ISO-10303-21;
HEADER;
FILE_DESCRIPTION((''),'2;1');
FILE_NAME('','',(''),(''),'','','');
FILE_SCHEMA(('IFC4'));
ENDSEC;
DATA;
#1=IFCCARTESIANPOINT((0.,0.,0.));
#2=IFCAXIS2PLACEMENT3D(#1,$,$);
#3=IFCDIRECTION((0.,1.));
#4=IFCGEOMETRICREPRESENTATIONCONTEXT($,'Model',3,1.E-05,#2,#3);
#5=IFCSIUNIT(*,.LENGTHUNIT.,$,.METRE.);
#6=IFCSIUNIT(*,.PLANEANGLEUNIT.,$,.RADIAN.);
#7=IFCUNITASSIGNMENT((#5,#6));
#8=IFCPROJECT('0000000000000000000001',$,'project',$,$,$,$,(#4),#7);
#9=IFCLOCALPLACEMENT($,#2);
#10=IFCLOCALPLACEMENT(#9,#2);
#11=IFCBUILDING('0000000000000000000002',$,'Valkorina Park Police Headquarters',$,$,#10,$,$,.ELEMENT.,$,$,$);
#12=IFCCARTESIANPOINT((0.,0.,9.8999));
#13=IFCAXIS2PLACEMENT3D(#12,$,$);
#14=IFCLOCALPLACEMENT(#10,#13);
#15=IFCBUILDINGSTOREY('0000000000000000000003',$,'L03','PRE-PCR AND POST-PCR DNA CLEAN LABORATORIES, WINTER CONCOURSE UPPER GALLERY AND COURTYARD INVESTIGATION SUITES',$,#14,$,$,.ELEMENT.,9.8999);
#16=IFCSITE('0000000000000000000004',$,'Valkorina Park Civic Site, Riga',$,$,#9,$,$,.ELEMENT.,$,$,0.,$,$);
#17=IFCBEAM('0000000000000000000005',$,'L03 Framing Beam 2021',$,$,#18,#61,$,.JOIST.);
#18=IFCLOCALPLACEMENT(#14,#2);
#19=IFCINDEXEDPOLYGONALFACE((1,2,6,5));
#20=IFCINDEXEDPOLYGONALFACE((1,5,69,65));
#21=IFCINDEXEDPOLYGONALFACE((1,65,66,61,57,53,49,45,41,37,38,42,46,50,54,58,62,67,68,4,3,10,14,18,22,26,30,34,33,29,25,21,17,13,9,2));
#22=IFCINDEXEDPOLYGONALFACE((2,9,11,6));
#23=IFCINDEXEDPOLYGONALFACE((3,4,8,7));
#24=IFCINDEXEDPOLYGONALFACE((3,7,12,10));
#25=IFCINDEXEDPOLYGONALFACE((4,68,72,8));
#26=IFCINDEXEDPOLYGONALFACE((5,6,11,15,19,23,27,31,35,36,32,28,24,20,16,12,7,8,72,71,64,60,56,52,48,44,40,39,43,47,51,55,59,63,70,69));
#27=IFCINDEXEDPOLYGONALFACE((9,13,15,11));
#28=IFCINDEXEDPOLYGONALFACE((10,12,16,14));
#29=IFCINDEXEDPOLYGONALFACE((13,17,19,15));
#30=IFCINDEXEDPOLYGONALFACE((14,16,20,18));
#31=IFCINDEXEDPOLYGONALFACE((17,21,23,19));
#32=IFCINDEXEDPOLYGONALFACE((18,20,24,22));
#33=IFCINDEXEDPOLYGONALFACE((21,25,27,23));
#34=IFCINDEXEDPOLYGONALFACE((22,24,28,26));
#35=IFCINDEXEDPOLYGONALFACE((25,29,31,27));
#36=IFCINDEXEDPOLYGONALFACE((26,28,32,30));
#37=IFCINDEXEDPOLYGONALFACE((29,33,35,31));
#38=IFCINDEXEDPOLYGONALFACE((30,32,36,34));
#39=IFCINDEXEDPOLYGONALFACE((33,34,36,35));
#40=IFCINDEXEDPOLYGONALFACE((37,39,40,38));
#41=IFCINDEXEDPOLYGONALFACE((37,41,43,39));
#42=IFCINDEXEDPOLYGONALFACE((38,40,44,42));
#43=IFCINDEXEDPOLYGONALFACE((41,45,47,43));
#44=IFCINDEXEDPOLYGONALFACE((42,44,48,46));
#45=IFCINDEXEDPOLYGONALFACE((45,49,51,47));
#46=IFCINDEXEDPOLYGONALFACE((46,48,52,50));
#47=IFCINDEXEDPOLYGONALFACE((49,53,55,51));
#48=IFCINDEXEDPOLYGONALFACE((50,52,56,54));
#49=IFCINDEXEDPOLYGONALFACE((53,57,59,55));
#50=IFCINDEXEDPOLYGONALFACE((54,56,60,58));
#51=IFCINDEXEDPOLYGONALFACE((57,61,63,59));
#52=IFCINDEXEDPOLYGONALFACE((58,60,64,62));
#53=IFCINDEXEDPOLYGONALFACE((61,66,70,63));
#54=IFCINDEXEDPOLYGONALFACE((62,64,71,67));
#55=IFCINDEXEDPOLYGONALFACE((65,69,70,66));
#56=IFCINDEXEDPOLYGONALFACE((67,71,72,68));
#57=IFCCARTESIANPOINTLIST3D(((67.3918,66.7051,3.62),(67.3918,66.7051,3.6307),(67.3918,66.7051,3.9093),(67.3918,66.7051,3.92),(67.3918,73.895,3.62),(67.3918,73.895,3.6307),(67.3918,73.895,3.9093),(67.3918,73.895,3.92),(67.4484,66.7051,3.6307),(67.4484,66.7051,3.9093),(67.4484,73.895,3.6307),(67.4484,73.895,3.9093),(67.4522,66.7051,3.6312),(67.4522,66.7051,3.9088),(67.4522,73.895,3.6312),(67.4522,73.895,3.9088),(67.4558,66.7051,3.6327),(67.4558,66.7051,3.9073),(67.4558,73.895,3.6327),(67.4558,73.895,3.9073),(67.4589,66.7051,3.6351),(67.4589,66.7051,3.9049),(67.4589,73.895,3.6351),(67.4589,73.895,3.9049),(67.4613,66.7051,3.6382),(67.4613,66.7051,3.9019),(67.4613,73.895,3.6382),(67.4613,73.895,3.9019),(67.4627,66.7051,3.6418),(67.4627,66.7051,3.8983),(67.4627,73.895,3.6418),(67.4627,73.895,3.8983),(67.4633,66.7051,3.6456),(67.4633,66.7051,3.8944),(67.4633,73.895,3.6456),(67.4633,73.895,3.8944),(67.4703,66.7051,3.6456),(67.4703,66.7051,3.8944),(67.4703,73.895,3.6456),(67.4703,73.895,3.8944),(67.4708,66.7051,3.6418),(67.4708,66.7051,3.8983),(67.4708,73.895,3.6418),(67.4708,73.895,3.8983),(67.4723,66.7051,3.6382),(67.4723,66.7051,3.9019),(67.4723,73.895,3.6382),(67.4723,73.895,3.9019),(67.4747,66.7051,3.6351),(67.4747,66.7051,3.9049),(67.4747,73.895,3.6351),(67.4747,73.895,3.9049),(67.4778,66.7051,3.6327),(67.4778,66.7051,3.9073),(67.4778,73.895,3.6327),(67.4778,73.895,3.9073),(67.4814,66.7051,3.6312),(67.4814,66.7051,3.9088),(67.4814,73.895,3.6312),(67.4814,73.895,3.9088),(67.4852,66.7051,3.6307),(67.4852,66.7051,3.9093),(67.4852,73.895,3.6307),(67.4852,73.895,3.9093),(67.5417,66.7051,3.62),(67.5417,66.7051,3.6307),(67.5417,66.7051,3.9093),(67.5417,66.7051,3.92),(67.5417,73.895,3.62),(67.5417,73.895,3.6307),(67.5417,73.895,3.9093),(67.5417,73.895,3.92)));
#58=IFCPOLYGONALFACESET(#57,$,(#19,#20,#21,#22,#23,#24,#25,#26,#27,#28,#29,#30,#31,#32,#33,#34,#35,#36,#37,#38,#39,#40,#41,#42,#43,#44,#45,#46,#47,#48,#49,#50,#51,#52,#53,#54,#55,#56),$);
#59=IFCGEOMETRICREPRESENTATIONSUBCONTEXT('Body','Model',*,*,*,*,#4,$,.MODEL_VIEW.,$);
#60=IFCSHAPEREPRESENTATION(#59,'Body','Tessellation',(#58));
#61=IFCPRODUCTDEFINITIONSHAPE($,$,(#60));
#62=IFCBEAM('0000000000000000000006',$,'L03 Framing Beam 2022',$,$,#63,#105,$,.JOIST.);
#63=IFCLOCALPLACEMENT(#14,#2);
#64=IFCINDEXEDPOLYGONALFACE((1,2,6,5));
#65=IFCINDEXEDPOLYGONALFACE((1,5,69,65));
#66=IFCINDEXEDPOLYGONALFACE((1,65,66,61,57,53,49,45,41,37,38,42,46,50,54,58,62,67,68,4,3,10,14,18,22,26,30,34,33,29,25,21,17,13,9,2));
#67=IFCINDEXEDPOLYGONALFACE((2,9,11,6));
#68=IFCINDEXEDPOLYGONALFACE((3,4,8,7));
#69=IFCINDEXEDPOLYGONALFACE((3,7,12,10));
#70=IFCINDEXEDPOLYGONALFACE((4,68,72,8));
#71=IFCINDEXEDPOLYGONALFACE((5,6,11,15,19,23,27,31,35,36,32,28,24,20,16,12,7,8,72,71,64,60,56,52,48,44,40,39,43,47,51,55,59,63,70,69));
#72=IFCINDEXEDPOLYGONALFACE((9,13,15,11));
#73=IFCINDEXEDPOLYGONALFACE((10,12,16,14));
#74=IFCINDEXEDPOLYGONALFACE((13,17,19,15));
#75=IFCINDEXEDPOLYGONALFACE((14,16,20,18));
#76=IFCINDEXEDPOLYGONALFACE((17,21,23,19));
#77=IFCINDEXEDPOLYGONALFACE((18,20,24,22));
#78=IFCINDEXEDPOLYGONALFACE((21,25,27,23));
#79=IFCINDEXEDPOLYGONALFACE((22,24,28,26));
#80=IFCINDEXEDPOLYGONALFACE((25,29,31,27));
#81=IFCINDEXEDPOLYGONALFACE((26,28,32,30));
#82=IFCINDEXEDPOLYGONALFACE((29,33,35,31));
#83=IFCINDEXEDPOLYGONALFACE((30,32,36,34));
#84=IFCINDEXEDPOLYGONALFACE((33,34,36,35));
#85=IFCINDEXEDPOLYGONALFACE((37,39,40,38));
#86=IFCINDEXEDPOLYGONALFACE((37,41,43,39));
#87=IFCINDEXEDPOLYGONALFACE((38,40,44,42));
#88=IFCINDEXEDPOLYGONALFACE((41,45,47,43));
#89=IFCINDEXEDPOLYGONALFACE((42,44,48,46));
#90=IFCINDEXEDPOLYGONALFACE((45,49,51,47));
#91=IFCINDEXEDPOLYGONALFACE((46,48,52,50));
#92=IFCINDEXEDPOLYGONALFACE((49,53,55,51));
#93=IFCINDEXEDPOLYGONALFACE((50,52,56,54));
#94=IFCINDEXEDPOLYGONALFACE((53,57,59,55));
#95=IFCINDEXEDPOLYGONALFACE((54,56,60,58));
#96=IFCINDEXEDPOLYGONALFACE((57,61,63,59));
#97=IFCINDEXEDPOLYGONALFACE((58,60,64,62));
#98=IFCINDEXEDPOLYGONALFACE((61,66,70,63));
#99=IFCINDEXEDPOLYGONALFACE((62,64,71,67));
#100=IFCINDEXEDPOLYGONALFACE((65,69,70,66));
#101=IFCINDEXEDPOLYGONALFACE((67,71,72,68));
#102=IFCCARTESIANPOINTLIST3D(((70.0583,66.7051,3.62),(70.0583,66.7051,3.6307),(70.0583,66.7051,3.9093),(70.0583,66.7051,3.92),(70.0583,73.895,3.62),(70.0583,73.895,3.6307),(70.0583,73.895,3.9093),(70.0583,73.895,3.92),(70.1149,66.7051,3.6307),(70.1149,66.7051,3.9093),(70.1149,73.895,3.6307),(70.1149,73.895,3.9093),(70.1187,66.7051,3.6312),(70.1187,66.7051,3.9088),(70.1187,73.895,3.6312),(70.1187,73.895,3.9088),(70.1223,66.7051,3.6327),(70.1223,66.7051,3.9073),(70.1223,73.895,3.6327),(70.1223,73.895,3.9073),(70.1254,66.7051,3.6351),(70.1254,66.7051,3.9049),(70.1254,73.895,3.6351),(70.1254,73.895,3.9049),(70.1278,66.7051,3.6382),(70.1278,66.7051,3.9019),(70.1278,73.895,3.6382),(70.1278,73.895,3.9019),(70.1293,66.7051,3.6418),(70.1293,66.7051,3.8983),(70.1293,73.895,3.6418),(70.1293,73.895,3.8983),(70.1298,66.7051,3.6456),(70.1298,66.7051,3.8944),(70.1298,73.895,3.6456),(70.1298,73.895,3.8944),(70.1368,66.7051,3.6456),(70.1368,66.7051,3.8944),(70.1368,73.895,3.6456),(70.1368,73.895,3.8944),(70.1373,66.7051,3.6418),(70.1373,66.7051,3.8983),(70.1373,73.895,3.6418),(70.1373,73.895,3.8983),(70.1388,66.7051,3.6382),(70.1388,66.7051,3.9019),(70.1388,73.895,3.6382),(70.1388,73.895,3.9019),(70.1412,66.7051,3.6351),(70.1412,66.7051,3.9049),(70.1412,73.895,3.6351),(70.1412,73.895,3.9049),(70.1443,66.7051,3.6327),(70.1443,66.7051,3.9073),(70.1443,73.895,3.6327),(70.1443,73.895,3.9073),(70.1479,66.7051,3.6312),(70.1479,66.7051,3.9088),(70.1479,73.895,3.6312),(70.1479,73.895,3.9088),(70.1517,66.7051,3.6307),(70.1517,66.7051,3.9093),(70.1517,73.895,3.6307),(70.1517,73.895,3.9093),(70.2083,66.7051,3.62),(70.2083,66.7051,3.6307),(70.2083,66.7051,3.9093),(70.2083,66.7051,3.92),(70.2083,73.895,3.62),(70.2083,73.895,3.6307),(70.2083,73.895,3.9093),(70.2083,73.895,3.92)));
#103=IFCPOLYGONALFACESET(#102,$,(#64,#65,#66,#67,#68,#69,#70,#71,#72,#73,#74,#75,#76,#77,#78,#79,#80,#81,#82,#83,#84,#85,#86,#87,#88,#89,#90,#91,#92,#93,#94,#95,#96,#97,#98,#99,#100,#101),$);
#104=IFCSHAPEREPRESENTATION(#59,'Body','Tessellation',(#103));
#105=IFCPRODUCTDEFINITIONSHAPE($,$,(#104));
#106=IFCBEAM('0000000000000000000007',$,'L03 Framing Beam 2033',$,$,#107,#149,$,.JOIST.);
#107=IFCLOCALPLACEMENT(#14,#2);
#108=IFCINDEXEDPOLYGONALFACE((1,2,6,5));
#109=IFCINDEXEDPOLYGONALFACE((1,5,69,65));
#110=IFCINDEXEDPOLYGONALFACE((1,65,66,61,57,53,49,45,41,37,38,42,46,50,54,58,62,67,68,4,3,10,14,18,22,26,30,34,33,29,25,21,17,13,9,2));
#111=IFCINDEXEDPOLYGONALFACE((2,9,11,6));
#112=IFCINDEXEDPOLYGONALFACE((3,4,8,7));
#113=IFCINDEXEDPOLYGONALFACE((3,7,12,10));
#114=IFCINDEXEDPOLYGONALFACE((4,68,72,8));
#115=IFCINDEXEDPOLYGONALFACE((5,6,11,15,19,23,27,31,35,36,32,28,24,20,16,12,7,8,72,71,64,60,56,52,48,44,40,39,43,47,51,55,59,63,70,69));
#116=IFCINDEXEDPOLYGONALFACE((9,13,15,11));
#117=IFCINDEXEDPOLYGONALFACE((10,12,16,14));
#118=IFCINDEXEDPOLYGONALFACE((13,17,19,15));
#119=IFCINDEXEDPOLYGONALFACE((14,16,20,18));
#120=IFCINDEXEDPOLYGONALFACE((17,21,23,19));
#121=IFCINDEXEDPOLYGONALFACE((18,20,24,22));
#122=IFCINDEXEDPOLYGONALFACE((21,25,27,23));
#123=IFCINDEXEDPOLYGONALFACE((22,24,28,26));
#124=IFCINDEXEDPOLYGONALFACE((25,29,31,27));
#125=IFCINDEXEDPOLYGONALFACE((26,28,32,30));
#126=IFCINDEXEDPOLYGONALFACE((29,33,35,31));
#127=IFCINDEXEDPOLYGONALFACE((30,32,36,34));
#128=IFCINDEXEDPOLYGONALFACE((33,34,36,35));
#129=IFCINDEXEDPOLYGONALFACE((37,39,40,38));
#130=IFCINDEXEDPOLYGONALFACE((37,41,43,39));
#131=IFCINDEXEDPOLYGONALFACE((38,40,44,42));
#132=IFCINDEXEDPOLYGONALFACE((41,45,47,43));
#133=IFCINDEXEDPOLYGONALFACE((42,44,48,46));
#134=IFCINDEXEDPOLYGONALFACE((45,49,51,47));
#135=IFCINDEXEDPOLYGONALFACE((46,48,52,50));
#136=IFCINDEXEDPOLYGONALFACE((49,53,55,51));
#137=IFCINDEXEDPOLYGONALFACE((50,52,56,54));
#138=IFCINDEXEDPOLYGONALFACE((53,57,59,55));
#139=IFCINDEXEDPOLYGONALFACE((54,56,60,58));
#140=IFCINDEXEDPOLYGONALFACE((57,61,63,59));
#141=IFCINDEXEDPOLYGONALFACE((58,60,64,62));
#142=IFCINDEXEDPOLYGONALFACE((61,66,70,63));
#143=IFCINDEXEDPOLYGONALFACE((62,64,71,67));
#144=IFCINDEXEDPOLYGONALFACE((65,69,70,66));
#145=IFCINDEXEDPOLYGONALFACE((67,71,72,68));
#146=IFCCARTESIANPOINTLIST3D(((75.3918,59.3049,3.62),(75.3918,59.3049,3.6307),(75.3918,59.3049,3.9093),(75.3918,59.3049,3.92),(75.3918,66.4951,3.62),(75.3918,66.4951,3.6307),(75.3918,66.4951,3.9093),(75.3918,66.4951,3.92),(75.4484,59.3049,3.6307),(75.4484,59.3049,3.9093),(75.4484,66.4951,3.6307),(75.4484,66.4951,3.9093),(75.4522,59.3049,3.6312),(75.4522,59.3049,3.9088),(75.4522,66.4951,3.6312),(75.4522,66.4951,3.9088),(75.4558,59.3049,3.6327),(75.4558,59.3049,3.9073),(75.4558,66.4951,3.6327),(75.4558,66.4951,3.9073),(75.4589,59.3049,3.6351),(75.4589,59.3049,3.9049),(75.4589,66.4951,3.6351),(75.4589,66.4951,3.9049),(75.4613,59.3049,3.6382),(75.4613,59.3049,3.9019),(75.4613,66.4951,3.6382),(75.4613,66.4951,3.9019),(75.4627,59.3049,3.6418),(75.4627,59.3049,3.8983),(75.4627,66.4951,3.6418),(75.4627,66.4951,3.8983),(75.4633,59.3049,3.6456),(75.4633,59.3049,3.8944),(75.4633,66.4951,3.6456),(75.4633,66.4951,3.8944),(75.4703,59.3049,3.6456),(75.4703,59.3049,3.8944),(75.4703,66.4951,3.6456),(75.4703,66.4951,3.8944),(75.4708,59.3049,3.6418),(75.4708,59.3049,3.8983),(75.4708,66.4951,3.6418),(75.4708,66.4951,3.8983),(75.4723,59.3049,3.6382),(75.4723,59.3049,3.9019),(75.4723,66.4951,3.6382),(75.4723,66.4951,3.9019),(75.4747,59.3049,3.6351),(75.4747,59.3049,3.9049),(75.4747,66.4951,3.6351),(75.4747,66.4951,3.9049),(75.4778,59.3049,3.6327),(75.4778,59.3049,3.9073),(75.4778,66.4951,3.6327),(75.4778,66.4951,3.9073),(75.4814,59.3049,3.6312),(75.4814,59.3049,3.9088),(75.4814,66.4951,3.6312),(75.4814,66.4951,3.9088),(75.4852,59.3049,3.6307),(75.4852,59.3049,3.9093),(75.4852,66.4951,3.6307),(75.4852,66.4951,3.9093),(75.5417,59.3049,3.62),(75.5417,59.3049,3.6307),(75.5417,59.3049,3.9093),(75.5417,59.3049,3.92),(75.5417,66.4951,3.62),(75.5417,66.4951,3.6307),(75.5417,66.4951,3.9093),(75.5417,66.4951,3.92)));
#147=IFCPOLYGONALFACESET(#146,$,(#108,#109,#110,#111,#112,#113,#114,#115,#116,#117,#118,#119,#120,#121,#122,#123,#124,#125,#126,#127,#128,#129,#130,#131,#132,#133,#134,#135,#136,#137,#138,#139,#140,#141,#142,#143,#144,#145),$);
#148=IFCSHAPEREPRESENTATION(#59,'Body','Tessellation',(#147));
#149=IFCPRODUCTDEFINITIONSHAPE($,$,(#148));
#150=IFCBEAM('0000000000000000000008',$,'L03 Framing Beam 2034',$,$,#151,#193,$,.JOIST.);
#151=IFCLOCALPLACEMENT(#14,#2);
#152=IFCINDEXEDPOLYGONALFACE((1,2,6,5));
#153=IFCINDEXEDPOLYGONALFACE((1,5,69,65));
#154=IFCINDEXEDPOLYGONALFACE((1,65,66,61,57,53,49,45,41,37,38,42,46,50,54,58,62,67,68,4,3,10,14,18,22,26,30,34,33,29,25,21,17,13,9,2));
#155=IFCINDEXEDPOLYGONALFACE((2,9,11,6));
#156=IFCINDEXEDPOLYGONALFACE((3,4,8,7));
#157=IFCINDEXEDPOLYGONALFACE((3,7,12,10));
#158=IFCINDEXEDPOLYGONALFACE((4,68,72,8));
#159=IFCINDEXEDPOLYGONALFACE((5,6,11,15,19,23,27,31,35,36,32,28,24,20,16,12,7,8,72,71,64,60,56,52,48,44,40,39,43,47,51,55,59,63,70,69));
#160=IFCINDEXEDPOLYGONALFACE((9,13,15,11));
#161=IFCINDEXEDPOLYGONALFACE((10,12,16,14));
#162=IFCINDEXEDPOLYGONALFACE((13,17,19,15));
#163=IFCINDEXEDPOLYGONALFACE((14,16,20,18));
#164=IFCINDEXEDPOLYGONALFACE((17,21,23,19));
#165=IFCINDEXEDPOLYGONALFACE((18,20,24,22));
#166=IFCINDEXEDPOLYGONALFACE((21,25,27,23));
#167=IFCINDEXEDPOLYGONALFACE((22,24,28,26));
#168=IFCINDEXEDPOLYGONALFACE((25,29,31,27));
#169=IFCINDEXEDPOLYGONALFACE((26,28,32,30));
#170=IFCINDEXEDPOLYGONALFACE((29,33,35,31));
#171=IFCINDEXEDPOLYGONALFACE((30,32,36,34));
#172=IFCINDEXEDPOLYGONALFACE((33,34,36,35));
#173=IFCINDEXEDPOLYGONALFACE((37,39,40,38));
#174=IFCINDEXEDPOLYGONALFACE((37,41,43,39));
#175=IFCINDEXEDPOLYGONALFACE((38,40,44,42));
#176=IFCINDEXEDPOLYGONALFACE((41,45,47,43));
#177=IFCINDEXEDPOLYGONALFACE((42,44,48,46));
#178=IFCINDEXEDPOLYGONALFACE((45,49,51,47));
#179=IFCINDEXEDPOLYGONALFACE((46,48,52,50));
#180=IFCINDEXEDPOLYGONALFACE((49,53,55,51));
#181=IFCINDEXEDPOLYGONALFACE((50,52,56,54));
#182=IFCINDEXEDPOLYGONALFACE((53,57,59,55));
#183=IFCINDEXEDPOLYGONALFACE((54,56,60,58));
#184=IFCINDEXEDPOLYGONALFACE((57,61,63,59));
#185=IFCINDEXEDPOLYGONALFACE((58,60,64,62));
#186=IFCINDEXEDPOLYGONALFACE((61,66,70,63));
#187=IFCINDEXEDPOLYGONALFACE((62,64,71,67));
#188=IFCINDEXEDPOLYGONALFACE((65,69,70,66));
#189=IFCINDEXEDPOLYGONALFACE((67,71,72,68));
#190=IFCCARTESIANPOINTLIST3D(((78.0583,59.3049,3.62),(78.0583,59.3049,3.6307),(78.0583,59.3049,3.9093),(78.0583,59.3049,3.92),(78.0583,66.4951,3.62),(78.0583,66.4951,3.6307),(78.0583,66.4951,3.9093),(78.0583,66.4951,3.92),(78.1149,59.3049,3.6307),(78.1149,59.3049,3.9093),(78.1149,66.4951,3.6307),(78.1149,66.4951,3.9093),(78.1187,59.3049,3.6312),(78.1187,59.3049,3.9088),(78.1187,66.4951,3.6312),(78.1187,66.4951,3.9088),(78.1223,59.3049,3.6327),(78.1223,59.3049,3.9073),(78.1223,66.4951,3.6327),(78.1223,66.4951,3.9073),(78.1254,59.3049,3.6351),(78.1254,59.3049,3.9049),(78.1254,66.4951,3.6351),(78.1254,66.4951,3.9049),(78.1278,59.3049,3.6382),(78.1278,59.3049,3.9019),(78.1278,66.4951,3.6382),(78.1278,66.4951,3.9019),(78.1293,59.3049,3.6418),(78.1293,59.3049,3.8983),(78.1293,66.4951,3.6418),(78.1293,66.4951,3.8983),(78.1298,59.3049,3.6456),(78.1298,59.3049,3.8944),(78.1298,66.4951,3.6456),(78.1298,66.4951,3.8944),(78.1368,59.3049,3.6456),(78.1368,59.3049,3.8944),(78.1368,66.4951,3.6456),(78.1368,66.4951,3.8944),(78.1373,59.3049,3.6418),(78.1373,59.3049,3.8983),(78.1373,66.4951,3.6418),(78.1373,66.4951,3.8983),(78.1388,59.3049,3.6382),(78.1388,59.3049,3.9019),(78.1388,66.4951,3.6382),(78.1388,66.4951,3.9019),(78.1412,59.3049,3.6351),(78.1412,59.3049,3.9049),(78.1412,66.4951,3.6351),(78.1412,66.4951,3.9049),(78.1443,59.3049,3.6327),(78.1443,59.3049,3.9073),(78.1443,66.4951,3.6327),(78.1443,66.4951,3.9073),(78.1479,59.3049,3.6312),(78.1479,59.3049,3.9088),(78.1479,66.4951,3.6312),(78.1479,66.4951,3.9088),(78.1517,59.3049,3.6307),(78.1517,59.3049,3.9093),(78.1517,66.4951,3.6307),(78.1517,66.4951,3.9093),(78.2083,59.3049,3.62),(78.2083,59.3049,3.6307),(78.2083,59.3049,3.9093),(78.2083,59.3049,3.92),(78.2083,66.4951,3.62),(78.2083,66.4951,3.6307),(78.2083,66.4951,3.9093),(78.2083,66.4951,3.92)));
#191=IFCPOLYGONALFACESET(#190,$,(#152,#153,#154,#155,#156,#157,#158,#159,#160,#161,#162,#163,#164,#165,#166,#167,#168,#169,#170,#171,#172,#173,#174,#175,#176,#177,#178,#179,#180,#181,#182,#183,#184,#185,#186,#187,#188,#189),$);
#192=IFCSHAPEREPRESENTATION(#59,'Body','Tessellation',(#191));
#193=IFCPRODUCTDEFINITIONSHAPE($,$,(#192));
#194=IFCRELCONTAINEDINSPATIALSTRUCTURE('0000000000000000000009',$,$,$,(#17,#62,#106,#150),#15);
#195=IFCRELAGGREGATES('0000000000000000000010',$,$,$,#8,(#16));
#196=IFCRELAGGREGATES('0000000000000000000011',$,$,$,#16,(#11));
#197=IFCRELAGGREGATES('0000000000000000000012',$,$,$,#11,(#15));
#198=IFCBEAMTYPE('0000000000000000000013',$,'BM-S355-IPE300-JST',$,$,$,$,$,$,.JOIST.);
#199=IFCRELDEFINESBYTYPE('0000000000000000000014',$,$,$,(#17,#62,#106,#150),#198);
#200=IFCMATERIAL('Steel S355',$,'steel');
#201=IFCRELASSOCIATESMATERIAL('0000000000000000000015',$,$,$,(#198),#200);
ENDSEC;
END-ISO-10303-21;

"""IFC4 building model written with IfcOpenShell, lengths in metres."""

from ifc_helpers import new_model, si_unit, direction, frame, origin, origin_2d, place, context, subcontext, project, spatial, i_section, extrude, material, material_profile, profile_set, type_object, element, save


model = new_model("IFC4")

# Units and contexts
model_context = context("Model", 3, precision=1e-05, world=origin(), true_north=direction((0.0, 1.0)))
body_context = subcontext(model_context, "Body", "Model", "MODEL_VIEW")
ifc_project = project(units=[si_unit("LENGTHUNIT", "METRE"), si_unit("PLANEANGLEUNIT", "RADIAN")], contexts=[model_context])

# Site, building, storey
site_placement = place(None, origin())
site = spatial("IfcSite", under=ifc_project, at=site_placement, Name="Valkorina Park Civic Site, Riga", CompositionType="ELEMENT", RefElevation=0.0)
building_placement = place(site_placement, origin())
building = spatial("IfcBuilding", under=site, at=building_placement, Name="Valkorina Park Police Headquarters", CompositionType="ELEMENT")
storey_placement = place(building_placement, frame((0.0, 0.0, 9.8999)))
storey = spatial("IfcBuildingStorey", under=building, at=storey_placement, Name="L03", Description="PRE-PCR AND POST-PCR DNA CLEAN LABORATORIES, WINTER CONCOURSE UPPER GALLERY AND COURTYARD INVESTIGATION SUITES", CompositionType="ELEMENT", Elevation=9.8999)

# Shared definitions
ifc_material_1 = material(Name="Steel S355", Category="steel")

# Beams
ifc_material_profile_1 = material_profile(ifc_material_1, i_section(OverallWidth=0.1499, OverallDepth=0.3, WebThickness=0.0071, FlangeThickness=0.0107, FilletRadius=0.0149, at=origin_2d()), Name="IPE 300")
ifc_profile_set_1 = profile_set([ifc_material_profile_1], Name="Steel S355")
beam_type_1 = type_object("IfcBeamType", Name="BM-S355-IPE300-JST", PredefinedType="JOIST", material=ifc_profile_set_1)
for number, where, z_axis, x_axis, name in (
    (1, (67.4668, 66.7051, 3.77), (0.0, 1.0, 0.0), (-1.0, 0.0, 0.0), "L03 Framing Beam 2021"),
    (2, (70.1333, 66.7051, 3.77), (0.0, 1.0, 0.0), (-1.0, 0.0, 0.0), "L03 Framing Beam 2022"),
):
    element("IfcBeam", number, at=place(storey_placement, frame(where, z_axis=z_axis, x_axis=x_axis)), inside=storey, type_object=beam_type_1, Name=name, PredefinedType="JOIST", context=body_context, shape_type="SweptSolid", body=[
        extrude(i_section(OverallWidth=0.1499, OverallDepth=0.3, WebThickness=0.0071, FlangeThickness=0.0107, FilletRadius=0.0149, at=origin_2d()), origin(), (0.0, 0.0, 1.0), 7.1899),
    ])
for number, where, z_axis, x_axis, name in (
    (3, (75.4668, 59.3049, 3.77), (0.0, 1.0, 0.0), (-1.0, 0.0, 0.0), "L03 Framing Beam 2033"),
    (4, (78.1333, 59.3049, 3.77), (0.0, 1.0, 0.0), (-1.0, 0.0, 0.0), "L03 Framing Beam 2034"),
):
    element("IfcBeam", number, at=place(storey_placement, frame(where, z_axis=z_axis, x_axis=x_axis)), inside=storey, type_object=beam_type_1, Name=name, PredefinedType="JOIST", context=body_context, shape_type="SweptSolid", body=[
        extrude(i_section(OverallWidth=0.1499, OverallDepth=0.3, WebThickness=0.0071, FlangeThickness=0.0107, FilletRadius=0.0149, at=origin_2d()), origin(), (0.0, 0.0, 1.0), 7.1902),
    ])

save(model, "model.ifc")
